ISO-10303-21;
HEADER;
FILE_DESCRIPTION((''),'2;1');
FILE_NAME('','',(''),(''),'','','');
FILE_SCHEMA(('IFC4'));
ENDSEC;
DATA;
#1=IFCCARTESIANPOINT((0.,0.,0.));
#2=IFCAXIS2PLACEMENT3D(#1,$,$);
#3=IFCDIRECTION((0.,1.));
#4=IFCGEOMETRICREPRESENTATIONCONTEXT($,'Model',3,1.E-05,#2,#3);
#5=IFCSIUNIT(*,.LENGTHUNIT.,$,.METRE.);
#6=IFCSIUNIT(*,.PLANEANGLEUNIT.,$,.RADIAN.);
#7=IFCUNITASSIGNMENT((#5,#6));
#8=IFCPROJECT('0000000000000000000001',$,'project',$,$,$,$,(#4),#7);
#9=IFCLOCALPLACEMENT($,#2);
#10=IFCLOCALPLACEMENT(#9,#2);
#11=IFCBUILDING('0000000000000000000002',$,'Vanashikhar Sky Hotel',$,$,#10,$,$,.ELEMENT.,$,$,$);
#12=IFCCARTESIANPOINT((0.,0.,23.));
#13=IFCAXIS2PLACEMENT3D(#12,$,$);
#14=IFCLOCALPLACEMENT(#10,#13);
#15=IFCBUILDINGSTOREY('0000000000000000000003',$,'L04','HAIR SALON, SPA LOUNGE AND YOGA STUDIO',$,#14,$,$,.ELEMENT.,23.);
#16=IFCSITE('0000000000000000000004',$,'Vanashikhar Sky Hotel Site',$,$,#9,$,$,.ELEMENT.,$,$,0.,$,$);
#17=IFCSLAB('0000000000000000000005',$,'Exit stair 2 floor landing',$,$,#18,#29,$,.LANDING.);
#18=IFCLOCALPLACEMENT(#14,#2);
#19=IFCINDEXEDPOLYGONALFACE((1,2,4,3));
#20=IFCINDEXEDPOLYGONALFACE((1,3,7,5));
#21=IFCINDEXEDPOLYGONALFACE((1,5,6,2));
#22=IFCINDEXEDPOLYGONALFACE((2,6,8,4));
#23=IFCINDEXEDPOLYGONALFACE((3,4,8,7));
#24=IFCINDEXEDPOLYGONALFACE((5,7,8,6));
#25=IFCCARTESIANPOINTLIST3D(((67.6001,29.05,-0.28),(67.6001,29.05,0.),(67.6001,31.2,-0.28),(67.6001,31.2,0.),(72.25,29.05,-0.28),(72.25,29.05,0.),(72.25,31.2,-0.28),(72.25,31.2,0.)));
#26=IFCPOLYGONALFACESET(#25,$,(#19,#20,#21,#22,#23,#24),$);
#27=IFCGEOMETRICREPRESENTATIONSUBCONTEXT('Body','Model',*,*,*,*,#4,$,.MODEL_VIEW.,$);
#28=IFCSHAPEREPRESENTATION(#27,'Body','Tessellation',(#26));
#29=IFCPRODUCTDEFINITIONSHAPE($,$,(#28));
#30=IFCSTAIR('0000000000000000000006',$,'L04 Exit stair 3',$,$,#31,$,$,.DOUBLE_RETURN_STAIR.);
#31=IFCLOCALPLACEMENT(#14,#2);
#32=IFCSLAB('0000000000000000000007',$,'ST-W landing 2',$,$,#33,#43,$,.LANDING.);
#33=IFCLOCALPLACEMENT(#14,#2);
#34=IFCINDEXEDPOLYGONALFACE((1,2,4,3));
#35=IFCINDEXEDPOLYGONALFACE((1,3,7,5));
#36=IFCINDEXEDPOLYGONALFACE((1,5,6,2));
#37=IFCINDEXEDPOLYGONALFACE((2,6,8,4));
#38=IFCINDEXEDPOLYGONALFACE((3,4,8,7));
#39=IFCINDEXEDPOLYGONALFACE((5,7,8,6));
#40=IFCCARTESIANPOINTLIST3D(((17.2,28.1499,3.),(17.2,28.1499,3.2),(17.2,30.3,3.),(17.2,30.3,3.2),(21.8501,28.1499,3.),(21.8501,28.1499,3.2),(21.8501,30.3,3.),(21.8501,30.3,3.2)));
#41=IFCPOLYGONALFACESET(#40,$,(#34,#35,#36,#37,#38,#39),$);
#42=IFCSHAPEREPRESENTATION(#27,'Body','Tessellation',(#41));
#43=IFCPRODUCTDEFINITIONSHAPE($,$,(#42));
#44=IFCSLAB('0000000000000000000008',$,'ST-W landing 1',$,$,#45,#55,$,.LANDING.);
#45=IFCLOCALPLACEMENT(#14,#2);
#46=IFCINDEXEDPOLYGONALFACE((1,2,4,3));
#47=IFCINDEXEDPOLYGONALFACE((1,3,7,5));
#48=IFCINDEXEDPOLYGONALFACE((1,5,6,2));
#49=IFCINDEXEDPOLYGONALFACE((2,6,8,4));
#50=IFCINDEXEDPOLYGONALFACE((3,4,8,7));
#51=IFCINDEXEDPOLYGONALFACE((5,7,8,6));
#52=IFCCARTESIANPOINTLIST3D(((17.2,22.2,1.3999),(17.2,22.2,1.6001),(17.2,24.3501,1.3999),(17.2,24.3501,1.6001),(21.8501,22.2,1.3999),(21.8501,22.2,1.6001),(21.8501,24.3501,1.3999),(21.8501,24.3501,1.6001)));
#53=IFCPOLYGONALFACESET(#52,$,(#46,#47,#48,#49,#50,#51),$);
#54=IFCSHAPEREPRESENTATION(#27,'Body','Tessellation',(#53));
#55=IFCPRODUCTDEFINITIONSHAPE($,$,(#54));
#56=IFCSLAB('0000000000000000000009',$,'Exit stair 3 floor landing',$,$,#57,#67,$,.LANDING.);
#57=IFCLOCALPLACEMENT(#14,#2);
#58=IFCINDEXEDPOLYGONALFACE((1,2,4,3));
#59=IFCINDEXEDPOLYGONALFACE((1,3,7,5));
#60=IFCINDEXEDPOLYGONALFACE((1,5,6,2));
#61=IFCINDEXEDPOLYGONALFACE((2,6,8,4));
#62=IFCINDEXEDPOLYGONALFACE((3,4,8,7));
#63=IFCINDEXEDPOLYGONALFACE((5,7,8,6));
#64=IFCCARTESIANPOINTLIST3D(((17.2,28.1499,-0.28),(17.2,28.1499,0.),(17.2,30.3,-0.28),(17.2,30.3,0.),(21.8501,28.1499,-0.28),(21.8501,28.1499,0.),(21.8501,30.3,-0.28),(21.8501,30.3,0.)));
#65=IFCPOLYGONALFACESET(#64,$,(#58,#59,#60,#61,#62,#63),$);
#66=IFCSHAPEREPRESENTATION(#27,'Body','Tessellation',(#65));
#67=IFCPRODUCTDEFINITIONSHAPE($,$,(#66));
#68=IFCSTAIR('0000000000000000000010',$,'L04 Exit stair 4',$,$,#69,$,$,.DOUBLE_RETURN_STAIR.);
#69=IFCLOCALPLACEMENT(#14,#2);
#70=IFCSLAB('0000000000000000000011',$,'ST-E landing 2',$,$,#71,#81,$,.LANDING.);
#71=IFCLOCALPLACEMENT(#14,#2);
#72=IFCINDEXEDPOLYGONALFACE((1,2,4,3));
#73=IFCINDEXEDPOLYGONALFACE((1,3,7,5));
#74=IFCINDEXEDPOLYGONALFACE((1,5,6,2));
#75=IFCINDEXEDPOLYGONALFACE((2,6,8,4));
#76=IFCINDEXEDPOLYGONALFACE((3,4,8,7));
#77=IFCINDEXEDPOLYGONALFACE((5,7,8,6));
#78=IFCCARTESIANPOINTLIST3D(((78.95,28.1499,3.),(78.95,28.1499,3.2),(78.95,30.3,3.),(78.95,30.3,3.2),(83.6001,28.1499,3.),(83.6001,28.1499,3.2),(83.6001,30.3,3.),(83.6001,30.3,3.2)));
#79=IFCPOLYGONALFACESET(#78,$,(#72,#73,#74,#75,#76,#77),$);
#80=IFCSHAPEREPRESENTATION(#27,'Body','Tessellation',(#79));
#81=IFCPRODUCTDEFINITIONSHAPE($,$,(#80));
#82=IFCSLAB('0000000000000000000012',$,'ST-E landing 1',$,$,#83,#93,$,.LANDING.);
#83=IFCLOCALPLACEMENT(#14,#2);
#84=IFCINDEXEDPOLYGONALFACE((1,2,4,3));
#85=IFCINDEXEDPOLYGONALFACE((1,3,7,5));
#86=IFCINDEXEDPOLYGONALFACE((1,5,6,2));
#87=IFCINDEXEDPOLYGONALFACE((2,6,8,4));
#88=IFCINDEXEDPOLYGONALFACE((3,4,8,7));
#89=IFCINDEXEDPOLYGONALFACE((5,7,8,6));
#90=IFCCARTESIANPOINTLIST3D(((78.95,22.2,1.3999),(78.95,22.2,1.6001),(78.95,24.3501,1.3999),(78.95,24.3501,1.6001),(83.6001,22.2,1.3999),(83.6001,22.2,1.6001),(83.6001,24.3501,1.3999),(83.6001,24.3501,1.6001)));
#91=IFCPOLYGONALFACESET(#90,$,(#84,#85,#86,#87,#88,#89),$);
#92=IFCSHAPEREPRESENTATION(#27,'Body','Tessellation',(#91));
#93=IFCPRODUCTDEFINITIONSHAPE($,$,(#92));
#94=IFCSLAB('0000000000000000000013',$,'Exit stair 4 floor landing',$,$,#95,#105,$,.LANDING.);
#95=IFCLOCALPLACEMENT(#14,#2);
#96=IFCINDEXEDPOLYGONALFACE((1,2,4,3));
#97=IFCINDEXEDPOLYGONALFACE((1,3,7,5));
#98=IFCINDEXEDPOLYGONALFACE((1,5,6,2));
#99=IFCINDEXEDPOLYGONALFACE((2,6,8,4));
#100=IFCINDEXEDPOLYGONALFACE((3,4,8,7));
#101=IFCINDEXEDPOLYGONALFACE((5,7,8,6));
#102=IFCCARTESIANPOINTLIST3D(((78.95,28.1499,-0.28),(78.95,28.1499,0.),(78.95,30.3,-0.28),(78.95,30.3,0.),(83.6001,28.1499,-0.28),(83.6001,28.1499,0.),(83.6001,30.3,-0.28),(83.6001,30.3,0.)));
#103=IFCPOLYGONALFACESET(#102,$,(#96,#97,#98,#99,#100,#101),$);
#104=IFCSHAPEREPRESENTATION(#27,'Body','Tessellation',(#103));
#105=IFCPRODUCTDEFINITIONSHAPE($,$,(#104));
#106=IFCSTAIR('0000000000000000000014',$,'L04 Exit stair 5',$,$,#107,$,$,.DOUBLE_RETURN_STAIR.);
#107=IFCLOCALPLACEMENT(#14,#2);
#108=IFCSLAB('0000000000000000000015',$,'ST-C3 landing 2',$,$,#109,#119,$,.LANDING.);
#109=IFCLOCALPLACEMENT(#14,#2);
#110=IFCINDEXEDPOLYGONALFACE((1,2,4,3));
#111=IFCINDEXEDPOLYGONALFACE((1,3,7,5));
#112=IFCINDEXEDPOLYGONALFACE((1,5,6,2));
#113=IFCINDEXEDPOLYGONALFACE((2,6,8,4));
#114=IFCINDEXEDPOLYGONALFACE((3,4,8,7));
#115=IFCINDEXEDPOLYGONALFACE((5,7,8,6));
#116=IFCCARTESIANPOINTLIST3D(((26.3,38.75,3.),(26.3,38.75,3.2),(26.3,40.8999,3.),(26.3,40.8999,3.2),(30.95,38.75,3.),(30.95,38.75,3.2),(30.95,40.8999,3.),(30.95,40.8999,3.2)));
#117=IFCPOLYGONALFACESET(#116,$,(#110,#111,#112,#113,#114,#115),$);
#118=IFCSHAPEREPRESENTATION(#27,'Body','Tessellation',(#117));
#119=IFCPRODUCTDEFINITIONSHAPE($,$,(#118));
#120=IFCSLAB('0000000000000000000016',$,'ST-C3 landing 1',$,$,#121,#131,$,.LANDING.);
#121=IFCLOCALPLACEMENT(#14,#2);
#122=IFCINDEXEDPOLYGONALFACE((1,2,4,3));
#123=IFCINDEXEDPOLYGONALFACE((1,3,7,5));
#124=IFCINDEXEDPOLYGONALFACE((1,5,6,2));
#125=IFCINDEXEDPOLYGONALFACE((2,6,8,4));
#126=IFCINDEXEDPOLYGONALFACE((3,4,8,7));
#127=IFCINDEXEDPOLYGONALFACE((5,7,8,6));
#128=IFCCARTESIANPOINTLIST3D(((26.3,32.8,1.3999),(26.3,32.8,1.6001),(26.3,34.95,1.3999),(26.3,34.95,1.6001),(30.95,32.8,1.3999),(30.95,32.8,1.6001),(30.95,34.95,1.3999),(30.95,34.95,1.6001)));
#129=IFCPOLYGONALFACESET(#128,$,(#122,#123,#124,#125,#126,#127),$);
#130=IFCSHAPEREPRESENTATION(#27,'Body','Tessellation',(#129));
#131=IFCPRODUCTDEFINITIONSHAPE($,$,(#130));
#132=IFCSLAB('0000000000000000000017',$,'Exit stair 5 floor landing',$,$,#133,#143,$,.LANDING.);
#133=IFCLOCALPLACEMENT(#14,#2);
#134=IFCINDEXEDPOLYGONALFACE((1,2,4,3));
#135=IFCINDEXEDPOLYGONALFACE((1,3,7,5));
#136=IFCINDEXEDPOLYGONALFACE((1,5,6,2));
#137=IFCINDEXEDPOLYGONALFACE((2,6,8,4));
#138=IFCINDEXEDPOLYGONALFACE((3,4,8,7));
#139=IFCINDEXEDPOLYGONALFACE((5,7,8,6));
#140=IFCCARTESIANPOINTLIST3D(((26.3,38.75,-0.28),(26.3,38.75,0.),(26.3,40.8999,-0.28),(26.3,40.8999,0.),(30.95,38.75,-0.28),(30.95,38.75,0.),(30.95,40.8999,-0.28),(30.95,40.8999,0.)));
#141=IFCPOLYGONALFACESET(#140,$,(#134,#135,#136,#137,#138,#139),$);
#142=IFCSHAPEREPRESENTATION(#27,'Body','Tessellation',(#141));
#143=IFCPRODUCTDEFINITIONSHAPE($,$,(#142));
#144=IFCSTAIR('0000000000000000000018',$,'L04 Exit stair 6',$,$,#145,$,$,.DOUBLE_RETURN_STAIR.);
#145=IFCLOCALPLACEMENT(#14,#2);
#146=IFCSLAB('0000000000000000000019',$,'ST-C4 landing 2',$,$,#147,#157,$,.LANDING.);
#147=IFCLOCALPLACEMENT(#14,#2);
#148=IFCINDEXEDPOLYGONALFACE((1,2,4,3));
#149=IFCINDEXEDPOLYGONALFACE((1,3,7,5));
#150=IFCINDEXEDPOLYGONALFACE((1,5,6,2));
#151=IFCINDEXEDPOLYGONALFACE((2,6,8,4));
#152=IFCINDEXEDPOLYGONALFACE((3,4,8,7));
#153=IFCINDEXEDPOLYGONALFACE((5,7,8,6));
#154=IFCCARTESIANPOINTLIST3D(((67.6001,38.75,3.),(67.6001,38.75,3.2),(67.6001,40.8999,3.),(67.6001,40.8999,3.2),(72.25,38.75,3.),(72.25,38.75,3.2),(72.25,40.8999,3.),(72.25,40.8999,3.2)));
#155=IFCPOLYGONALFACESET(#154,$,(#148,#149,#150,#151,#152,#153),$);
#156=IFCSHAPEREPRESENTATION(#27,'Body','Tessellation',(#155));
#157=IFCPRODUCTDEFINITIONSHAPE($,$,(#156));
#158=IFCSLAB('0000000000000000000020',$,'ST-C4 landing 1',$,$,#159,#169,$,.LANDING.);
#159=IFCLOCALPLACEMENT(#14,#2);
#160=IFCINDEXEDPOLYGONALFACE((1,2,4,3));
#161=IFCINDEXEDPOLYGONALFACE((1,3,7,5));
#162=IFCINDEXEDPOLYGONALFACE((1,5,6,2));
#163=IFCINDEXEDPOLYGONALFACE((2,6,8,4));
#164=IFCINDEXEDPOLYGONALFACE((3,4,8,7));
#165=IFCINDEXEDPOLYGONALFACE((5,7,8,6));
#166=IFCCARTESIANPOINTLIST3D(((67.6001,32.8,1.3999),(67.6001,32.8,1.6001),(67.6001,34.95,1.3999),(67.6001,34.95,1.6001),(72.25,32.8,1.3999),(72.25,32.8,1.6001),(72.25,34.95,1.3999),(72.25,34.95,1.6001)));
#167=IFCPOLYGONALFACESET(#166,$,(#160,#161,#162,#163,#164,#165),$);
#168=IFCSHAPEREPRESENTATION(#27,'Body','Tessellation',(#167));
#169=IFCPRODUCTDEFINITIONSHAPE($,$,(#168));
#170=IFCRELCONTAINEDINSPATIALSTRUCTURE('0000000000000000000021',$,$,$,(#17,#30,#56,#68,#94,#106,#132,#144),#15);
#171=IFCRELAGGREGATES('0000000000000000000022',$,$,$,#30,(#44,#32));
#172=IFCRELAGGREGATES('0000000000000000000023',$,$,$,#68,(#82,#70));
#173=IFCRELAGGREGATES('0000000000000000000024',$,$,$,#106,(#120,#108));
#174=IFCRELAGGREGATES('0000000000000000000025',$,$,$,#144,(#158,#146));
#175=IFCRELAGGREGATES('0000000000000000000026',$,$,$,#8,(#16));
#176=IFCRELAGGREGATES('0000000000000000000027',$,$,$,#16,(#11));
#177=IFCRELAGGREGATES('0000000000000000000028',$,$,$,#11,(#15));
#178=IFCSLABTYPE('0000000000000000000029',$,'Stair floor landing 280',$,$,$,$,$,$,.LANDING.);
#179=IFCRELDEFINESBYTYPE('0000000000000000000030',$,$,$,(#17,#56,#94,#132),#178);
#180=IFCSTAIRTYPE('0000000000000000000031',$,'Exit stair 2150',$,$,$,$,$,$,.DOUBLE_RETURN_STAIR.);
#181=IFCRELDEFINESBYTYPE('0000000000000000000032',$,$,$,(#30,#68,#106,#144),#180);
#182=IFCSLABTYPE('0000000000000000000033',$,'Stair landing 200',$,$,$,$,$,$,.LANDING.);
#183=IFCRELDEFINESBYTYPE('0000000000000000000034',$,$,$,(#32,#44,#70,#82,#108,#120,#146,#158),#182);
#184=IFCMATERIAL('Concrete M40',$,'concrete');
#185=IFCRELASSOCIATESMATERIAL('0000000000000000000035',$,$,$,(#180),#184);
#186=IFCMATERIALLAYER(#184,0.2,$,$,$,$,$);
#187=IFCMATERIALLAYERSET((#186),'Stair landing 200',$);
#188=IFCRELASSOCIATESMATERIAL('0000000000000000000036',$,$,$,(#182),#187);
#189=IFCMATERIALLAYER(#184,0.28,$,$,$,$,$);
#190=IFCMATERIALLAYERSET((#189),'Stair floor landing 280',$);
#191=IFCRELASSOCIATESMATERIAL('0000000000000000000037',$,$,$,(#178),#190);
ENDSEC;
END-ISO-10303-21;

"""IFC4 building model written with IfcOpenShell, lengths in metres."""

from ifc_helpers import new_model, si_unit, direction, frame, origin, place, context, subcontext, project, spatial, polyline, outline, extrude, source, transform, mapped, material, layer, layer_set, type_object, element, aggregate, save


model = new_model("IFC4")

# Units and contexts
model_context = context("Model", 3, precision=1e-05, world=origin(), true_north=direction((0.0, 1.0)))
body_context = subcontext(model_context, "Body", "Model", "MODEL_VIEW")
ifc_project = project(units=[si_unit("LENGTHUNIT", "METRE"), si_unit("PLANEANGLEUNIT", "RADIAN")], contexts=[model_context])

# Site, building, storey
site_placement = place(None, origin())
site = spatial("IfcSite", under=ifc_project, at=site_placement, Name="Vanashikhar Sky Hotel Site", CompositionType="ELEMENT", RefElevation=0.0)
building_placement = place(site_placement, origin())
building = spatial("IfcBuilding", under=site, at=building_placement, Name="Vanashikhar Sky Hotel", CompositionType="ELEMENT")
storey_placement = place(building_placement, frame((0.0, 0.0, 23.0)))
storey = spatial("IfcBuildingStorey", under=building, at=storey_placement, Name="L04", Description="HAIR SALON, SPA LOUNGE AND YOGA STUDIO", CompositionType="ELEMENT", Elevation=23.0)

# Shared definitions
ifc_material = material(Name="Concrete M40", Category="concrete")

# Shared definitions
stair_type = type_object("IfcStairType", Name="Exit stair 2150", PredefinedType="DOUBLE_RETURN_STAIR", material=ifc_material)
ifc_layer_1 = layer(ifc_material, 0.2)
ifc_layer_set_1 = layer_set([ifc_layer_1], Name="Stair landing 200")
slab_type_1 = type_object("IfcSlabType", Name="Stair landing 200", PredefinedType="LANDING", material=ifc_layer_set_1)

# Shared definitions
ifc_layer_2 = layer(ifc_material, 0.28)
ifc_layer_set_2 = layer_set([ifc_layer_2], Name="Stair floor landing 280")
slab_type_2 = type_object("IfcSlabType", Name="Stair floor landing 280", PredefinedType="LANDING", material=ifc_layer_set_2)

# Slab
shared_shape_1 = source(origin(), body_context, "Body", "SweptSolid", [
    extrude(outline(polyline([(72.25, 29.05), (72.25, 31.2), (67.6001, 31.2), (67.6001, 29.05), (72.25, 29.05)])), origin(), (0.0, 0.0, 1.0), 0.28),
])
slab_1_placement = place(storey_placement, frame((0.0, 0.0, -0.28)))
element("IfcSlab", 1, at=slab_1_placement, inside=storey, type_object=slab_type_2, Name="Exit stair 2 floor landing", PredefinedType="LANDING", context=body_context, shape_type="MappedRepresentation", body=[
    mapped(shared_shape_1, transform((0.0, 0.0, 0.0), scale=1.0)),
])

# Stair, slabs
stair_1_placement = place(storey_placement, origin())
stair_1 = element("IfcStair", 2, at=stair_1_placement, inside=storey, type_object=stair_type, Name="L04 Exit stair 3", PredefinedType="DOUBLE_RETURN_STAIR")
shared_shape_2 = source(origin(), body_context, "Body", "SweptSolid", [
    extrude(outline(polyline([(21.8501, 28.1499), (21.8501, 30.3), (17.2, 30.3), (17.2, 28.1499), (21.8501, 28.1499)])), origin(), (0.0, 0.0, 1.0), 0.2),
])
slab_2_placement = place(storey_placement, frame((0.0, 0.0, 3.0)))
slab_2 = element("IfcSlab", 3, at=slab_2_placement, type_object=slab_type_1, Name="ST-W landing 2", PredefinedType="LANDING", context=body_context, shape_type="MappedRepresentation", body=[
    mapped(shared_shape_2, transform((0.0, 0.0, 0.0), scale=1.0)),
])
shared_shape_3 = source(origin(), body_context, "Body", "SweptSolid", [
    extrude(outline(polyline([(21.8501, 22.2), (21.8501, 24.3501), (17.2, 24.3501), (17.2, 22.2), (21.8501, 22.2)])), origin(), (0.0, 0.0, 1.0), 0.2002),
])
slab_3_placement = place(storey_placement, frame((0.0, 0.0, 1.3999)))
slab_3 = element("IfcSlab", 4, at=slab_3_placement, type_object=slab_type_1, Name="ST-W landing 1", PredefinedType="LANDING", context=body_context, shape_type="MappedRepresentation", body=[
    mapped(shared_shape_3, transform((0.0, 0.0, 0.0), scale=1.0)),
])
aggregate(stair_1, [slab_3, slab_2])

# Slab
shared_shape_4 = source(origin(), body_context, "Body", "SweptSolid", [
    extrude(outline(polyline([(21.8501, 28.1499), (21.8501, 30.3), (17.2, 30.3), (17.2, 28.1499), (21.8501, 28.1499)])), origin(), (0.0, 0.0, 1.0), 0.28),
])
slab_4_placement = place(storey_placement, frame((0.0, 0.0, -0.28)))
element("IfcSlab", 5, at=slab_4_placement, inside=storey, type_object=slab_type_2, Name="Exit stair 3 floor landing", PredefinedType="LANDING", context=body_context, shape_type="MappedRepresentation", body=[
    mapped(shared_shape_4, transform((0.0, 0.0, 0.0), scale=1.0)),
])

# Stair, slabs
stair_2_placement = place(storey_placement, origin())
stair_2 = element("IfcStair", 6, at=stair_2_placement, inside=storey, type_object=stair_type, Name="L04 Exit stair 4", PredefinedType="DOUBLE_RETURN_STAIR")
shared_shape_5 = source(origin(), body_context, "Body", "SweptSolid", [
    extrude(outline(polyline([(83.6001, 28.1499), (83.6001, 30.3), (78.95, 30.3), (78.95, 28.1499), (83.6001, 28.1499)])), origin(), (0.0, 0.0, 1.0), 0.2),
])
slab_5_placement = place(storey_placement, frame((0.0, 0.0, 3.0)))
slab_5 = element("IfcSlab", 7, at=slab_5_placement, type_object=slab_type_1, Name="ST-E landing 2", PredefinedType="LANDING", context=body_context, shape_type="MappedRepresentation", body=[
    mapped(shared_shape_5, transform((0.0, 0.0, 0.0), scale=1.0)),
])
shared_shape_6 = source(origin(), body_context, "Body", "SweptSolid", [
    extrude(outline(polyline([(83.6001, 22.2), (83.6001, 24.3501), (78.95, 24.3501), (78.95, 22.2), (83.6001, 22.2)])), origin(), (0.0, 0.0, 1.0), 0.2002),
])
slab_6_placement = place(storey_placement, frame((0.0, 0.0, 1.3999)))
slab_6 = element("IfcSlab", 8, at=slab_6_placement, type_object=slab_type_1, Name="ST-E landing 1", PredefinedType="LANDING", context=body_context, shape_type="MappedRepresentation", body=[
    mapped(shared_shape_6, transform((0.0, 0.0, 0.0), scale=1.0)),
])
aggregate(stair_2, [slab_6, slab_5])

# Slab
shared_shape_7 = source(origin(), body_context, "Body", "SweptSolid", [
    extrude(outline(polyline([(83.6001, 28.1499), (83.6001, 30.3), (78.95, 30.3), (78.95, 28.1499), (83.6001, 28.1499)])), origin(), (0.0, 0.0, 1.0), 0.28),
])
slab_7_placement = place(storey_placement, frame((0.0, 0.0, -0.28)))
element("IfcSlab", 9, at=slab_7_placement, inside=storey, type_object=slab_type_2, Name="Exit stair 4 floor landing", PredefinedType="LANDING", context=body_context, shape_type="MappedRepresentation", body=[
    mapped(shared_shape_7, transform((0.0, 0.0, 0.0), scale=1.0)),
])

# Stair, slabs
stair_3_placement = place(storey_placement, origin())
stair_3 = element("IfcStair", 10, at=stair_3_placement, inside=storey, type_object=stair_type, Name="L04 Exit stair 5", PredefinedType="DOUBLE_RETURN_STAIR")
shared_shape_8 = source(origin(), body_context, "Body", "SweptSolid", [
    extrude(outline(polyline([(30.95, 38.75), (30.95, 40.8999), (26.3, 40.8999), (26.3, 38.75), (30.95, 38.75)])), origin(), (0.0, 0.0, 1.0), 0.2),
])
slab_8_placement = place(storey_placement, frame((0.0, 0.0, 3.0)))
slab_8 = element("IfcSlab", 11, at=slab_8_placement, type_object=slab_type_1, Name="ST-C3 landing 2", PredefinedType="LANDING", context=body_context, shape_type="MappedRepresentation", body=[
    mapped(shared_shape_8, transform((0.0, 0.0, 0.0), scale=1.0)),
])
shared_shape_9 = source(origin(), body_context, "Body", "SweptSolid", [
    extrude(outline(polyline([(30.95, 32.8), (30.95, 34.95), (26.3, 34.95), (26.3, 32.8), (30.95, 32.8)])), origin(), (0.0, 0.0, 1.0), 0.2002),
])
slab_9_placement = place(storey_placement, frame((0.0, 0.0, 1.3999)))
slab_9 = element("IfcSlab", 12, at=slab_9_placement, type_object=slab_type_1, Name="ST-C3 landing 1", PredefinedType="LANDING", context=body_context, shape_type="MappedRepresentation", body=[
    mapped(shared_shape_9, transform((0.0, 0.0, 0.0), scale=1.0)),
])
aggregate(stair_3, [slab_9, slab_8])

# Slab
shared_shape_10 = source(origin(), body_context, "Body", "SweptSolid", [
    extrude(outline(polyline([(30.95, 38.75), (30.95, 40.8999), (26.3, 40.8999), (26.3, 38.75), (30.95, 38.75)])), origin(), (0.0, 0.0, 1.0), 0.28),
])
slab_10_placement = place(storey_placement, frame((0.0, 0.0, -0.28)))
element("IfcSlab", 13, at=slab_10_placement, inside=storey, type_object=slab_type_2, Name="Exit stair 5 floor landing", PredefinedType="LANDING", context=body_context, shape_type="MappedRepresentation", body=[
    mapped(shared_shape_10, transform((0.0, 0.0, 0.0), scale=1.0)),
])

# Stair, slabs
stair_4_placement = place(storey_placement, origin())
stair_4 = element("IfcStair", 14, at=stair_4_placement, inside=storey, type_object=stair_type, Name="L04 Exit stair 6", PredefinedType="DOUBLE_RETURN_STAIR")
shared_shape_11 = source(origin(), body_context, "Body", "SweptSolid", [
    extrude(outline(polyline([(72.25, 38.75), (72.25, 40.8999), (67.6001, 40.8999), (67.6001, 38.75), (72.25, 38.75)])), origin(), (0.0, 0.0, 1.0), 0.2),
])
slab_11_placement = place(storey_placement, frame((0.0, 0.0, 3.0)))
slab_11 = element("IfcSlab", 15, at=slab_11_placement, type_object=slab_type_1, Name="ST-C4 landing 2", PredefinedType="LANDING", context=body_context, shape_type="MappedRepresentation", body=[
    mapped(shared_shape_11, transform((0.0, 0.0, 0.0), scale=1.0)),
])
shared_shape_12 = source(origin(), body_context, "Body", "SweptSolid", [
    extrude(outline(polyline([(72.25, 32.8), (72.25, 34.95), (67.6001, 34.95), (67.6001, 32.8), (72.25, 32.8)])), origin(), (0.0, 0.0, 1.0), 0.2002),
])
slab_12_placement = place(storey_placement, frame((0.0, 0.0, 1.3999)))
slab_12 = element("IfcSlab", 16, at=slab_12_placement, type_object=slab_type_1, Name="ST-C4 landing 1", PredefinedType="LANDING", context=body_context, shape_type="MappedRepresentation", body=[
    mapped(shared_shape_12, transform((0.0, 0.0, 0.0), scale=1.0)),
])
aggregate(stair_4, [slab_12, slab_11])

save(model, "model.ifc")
